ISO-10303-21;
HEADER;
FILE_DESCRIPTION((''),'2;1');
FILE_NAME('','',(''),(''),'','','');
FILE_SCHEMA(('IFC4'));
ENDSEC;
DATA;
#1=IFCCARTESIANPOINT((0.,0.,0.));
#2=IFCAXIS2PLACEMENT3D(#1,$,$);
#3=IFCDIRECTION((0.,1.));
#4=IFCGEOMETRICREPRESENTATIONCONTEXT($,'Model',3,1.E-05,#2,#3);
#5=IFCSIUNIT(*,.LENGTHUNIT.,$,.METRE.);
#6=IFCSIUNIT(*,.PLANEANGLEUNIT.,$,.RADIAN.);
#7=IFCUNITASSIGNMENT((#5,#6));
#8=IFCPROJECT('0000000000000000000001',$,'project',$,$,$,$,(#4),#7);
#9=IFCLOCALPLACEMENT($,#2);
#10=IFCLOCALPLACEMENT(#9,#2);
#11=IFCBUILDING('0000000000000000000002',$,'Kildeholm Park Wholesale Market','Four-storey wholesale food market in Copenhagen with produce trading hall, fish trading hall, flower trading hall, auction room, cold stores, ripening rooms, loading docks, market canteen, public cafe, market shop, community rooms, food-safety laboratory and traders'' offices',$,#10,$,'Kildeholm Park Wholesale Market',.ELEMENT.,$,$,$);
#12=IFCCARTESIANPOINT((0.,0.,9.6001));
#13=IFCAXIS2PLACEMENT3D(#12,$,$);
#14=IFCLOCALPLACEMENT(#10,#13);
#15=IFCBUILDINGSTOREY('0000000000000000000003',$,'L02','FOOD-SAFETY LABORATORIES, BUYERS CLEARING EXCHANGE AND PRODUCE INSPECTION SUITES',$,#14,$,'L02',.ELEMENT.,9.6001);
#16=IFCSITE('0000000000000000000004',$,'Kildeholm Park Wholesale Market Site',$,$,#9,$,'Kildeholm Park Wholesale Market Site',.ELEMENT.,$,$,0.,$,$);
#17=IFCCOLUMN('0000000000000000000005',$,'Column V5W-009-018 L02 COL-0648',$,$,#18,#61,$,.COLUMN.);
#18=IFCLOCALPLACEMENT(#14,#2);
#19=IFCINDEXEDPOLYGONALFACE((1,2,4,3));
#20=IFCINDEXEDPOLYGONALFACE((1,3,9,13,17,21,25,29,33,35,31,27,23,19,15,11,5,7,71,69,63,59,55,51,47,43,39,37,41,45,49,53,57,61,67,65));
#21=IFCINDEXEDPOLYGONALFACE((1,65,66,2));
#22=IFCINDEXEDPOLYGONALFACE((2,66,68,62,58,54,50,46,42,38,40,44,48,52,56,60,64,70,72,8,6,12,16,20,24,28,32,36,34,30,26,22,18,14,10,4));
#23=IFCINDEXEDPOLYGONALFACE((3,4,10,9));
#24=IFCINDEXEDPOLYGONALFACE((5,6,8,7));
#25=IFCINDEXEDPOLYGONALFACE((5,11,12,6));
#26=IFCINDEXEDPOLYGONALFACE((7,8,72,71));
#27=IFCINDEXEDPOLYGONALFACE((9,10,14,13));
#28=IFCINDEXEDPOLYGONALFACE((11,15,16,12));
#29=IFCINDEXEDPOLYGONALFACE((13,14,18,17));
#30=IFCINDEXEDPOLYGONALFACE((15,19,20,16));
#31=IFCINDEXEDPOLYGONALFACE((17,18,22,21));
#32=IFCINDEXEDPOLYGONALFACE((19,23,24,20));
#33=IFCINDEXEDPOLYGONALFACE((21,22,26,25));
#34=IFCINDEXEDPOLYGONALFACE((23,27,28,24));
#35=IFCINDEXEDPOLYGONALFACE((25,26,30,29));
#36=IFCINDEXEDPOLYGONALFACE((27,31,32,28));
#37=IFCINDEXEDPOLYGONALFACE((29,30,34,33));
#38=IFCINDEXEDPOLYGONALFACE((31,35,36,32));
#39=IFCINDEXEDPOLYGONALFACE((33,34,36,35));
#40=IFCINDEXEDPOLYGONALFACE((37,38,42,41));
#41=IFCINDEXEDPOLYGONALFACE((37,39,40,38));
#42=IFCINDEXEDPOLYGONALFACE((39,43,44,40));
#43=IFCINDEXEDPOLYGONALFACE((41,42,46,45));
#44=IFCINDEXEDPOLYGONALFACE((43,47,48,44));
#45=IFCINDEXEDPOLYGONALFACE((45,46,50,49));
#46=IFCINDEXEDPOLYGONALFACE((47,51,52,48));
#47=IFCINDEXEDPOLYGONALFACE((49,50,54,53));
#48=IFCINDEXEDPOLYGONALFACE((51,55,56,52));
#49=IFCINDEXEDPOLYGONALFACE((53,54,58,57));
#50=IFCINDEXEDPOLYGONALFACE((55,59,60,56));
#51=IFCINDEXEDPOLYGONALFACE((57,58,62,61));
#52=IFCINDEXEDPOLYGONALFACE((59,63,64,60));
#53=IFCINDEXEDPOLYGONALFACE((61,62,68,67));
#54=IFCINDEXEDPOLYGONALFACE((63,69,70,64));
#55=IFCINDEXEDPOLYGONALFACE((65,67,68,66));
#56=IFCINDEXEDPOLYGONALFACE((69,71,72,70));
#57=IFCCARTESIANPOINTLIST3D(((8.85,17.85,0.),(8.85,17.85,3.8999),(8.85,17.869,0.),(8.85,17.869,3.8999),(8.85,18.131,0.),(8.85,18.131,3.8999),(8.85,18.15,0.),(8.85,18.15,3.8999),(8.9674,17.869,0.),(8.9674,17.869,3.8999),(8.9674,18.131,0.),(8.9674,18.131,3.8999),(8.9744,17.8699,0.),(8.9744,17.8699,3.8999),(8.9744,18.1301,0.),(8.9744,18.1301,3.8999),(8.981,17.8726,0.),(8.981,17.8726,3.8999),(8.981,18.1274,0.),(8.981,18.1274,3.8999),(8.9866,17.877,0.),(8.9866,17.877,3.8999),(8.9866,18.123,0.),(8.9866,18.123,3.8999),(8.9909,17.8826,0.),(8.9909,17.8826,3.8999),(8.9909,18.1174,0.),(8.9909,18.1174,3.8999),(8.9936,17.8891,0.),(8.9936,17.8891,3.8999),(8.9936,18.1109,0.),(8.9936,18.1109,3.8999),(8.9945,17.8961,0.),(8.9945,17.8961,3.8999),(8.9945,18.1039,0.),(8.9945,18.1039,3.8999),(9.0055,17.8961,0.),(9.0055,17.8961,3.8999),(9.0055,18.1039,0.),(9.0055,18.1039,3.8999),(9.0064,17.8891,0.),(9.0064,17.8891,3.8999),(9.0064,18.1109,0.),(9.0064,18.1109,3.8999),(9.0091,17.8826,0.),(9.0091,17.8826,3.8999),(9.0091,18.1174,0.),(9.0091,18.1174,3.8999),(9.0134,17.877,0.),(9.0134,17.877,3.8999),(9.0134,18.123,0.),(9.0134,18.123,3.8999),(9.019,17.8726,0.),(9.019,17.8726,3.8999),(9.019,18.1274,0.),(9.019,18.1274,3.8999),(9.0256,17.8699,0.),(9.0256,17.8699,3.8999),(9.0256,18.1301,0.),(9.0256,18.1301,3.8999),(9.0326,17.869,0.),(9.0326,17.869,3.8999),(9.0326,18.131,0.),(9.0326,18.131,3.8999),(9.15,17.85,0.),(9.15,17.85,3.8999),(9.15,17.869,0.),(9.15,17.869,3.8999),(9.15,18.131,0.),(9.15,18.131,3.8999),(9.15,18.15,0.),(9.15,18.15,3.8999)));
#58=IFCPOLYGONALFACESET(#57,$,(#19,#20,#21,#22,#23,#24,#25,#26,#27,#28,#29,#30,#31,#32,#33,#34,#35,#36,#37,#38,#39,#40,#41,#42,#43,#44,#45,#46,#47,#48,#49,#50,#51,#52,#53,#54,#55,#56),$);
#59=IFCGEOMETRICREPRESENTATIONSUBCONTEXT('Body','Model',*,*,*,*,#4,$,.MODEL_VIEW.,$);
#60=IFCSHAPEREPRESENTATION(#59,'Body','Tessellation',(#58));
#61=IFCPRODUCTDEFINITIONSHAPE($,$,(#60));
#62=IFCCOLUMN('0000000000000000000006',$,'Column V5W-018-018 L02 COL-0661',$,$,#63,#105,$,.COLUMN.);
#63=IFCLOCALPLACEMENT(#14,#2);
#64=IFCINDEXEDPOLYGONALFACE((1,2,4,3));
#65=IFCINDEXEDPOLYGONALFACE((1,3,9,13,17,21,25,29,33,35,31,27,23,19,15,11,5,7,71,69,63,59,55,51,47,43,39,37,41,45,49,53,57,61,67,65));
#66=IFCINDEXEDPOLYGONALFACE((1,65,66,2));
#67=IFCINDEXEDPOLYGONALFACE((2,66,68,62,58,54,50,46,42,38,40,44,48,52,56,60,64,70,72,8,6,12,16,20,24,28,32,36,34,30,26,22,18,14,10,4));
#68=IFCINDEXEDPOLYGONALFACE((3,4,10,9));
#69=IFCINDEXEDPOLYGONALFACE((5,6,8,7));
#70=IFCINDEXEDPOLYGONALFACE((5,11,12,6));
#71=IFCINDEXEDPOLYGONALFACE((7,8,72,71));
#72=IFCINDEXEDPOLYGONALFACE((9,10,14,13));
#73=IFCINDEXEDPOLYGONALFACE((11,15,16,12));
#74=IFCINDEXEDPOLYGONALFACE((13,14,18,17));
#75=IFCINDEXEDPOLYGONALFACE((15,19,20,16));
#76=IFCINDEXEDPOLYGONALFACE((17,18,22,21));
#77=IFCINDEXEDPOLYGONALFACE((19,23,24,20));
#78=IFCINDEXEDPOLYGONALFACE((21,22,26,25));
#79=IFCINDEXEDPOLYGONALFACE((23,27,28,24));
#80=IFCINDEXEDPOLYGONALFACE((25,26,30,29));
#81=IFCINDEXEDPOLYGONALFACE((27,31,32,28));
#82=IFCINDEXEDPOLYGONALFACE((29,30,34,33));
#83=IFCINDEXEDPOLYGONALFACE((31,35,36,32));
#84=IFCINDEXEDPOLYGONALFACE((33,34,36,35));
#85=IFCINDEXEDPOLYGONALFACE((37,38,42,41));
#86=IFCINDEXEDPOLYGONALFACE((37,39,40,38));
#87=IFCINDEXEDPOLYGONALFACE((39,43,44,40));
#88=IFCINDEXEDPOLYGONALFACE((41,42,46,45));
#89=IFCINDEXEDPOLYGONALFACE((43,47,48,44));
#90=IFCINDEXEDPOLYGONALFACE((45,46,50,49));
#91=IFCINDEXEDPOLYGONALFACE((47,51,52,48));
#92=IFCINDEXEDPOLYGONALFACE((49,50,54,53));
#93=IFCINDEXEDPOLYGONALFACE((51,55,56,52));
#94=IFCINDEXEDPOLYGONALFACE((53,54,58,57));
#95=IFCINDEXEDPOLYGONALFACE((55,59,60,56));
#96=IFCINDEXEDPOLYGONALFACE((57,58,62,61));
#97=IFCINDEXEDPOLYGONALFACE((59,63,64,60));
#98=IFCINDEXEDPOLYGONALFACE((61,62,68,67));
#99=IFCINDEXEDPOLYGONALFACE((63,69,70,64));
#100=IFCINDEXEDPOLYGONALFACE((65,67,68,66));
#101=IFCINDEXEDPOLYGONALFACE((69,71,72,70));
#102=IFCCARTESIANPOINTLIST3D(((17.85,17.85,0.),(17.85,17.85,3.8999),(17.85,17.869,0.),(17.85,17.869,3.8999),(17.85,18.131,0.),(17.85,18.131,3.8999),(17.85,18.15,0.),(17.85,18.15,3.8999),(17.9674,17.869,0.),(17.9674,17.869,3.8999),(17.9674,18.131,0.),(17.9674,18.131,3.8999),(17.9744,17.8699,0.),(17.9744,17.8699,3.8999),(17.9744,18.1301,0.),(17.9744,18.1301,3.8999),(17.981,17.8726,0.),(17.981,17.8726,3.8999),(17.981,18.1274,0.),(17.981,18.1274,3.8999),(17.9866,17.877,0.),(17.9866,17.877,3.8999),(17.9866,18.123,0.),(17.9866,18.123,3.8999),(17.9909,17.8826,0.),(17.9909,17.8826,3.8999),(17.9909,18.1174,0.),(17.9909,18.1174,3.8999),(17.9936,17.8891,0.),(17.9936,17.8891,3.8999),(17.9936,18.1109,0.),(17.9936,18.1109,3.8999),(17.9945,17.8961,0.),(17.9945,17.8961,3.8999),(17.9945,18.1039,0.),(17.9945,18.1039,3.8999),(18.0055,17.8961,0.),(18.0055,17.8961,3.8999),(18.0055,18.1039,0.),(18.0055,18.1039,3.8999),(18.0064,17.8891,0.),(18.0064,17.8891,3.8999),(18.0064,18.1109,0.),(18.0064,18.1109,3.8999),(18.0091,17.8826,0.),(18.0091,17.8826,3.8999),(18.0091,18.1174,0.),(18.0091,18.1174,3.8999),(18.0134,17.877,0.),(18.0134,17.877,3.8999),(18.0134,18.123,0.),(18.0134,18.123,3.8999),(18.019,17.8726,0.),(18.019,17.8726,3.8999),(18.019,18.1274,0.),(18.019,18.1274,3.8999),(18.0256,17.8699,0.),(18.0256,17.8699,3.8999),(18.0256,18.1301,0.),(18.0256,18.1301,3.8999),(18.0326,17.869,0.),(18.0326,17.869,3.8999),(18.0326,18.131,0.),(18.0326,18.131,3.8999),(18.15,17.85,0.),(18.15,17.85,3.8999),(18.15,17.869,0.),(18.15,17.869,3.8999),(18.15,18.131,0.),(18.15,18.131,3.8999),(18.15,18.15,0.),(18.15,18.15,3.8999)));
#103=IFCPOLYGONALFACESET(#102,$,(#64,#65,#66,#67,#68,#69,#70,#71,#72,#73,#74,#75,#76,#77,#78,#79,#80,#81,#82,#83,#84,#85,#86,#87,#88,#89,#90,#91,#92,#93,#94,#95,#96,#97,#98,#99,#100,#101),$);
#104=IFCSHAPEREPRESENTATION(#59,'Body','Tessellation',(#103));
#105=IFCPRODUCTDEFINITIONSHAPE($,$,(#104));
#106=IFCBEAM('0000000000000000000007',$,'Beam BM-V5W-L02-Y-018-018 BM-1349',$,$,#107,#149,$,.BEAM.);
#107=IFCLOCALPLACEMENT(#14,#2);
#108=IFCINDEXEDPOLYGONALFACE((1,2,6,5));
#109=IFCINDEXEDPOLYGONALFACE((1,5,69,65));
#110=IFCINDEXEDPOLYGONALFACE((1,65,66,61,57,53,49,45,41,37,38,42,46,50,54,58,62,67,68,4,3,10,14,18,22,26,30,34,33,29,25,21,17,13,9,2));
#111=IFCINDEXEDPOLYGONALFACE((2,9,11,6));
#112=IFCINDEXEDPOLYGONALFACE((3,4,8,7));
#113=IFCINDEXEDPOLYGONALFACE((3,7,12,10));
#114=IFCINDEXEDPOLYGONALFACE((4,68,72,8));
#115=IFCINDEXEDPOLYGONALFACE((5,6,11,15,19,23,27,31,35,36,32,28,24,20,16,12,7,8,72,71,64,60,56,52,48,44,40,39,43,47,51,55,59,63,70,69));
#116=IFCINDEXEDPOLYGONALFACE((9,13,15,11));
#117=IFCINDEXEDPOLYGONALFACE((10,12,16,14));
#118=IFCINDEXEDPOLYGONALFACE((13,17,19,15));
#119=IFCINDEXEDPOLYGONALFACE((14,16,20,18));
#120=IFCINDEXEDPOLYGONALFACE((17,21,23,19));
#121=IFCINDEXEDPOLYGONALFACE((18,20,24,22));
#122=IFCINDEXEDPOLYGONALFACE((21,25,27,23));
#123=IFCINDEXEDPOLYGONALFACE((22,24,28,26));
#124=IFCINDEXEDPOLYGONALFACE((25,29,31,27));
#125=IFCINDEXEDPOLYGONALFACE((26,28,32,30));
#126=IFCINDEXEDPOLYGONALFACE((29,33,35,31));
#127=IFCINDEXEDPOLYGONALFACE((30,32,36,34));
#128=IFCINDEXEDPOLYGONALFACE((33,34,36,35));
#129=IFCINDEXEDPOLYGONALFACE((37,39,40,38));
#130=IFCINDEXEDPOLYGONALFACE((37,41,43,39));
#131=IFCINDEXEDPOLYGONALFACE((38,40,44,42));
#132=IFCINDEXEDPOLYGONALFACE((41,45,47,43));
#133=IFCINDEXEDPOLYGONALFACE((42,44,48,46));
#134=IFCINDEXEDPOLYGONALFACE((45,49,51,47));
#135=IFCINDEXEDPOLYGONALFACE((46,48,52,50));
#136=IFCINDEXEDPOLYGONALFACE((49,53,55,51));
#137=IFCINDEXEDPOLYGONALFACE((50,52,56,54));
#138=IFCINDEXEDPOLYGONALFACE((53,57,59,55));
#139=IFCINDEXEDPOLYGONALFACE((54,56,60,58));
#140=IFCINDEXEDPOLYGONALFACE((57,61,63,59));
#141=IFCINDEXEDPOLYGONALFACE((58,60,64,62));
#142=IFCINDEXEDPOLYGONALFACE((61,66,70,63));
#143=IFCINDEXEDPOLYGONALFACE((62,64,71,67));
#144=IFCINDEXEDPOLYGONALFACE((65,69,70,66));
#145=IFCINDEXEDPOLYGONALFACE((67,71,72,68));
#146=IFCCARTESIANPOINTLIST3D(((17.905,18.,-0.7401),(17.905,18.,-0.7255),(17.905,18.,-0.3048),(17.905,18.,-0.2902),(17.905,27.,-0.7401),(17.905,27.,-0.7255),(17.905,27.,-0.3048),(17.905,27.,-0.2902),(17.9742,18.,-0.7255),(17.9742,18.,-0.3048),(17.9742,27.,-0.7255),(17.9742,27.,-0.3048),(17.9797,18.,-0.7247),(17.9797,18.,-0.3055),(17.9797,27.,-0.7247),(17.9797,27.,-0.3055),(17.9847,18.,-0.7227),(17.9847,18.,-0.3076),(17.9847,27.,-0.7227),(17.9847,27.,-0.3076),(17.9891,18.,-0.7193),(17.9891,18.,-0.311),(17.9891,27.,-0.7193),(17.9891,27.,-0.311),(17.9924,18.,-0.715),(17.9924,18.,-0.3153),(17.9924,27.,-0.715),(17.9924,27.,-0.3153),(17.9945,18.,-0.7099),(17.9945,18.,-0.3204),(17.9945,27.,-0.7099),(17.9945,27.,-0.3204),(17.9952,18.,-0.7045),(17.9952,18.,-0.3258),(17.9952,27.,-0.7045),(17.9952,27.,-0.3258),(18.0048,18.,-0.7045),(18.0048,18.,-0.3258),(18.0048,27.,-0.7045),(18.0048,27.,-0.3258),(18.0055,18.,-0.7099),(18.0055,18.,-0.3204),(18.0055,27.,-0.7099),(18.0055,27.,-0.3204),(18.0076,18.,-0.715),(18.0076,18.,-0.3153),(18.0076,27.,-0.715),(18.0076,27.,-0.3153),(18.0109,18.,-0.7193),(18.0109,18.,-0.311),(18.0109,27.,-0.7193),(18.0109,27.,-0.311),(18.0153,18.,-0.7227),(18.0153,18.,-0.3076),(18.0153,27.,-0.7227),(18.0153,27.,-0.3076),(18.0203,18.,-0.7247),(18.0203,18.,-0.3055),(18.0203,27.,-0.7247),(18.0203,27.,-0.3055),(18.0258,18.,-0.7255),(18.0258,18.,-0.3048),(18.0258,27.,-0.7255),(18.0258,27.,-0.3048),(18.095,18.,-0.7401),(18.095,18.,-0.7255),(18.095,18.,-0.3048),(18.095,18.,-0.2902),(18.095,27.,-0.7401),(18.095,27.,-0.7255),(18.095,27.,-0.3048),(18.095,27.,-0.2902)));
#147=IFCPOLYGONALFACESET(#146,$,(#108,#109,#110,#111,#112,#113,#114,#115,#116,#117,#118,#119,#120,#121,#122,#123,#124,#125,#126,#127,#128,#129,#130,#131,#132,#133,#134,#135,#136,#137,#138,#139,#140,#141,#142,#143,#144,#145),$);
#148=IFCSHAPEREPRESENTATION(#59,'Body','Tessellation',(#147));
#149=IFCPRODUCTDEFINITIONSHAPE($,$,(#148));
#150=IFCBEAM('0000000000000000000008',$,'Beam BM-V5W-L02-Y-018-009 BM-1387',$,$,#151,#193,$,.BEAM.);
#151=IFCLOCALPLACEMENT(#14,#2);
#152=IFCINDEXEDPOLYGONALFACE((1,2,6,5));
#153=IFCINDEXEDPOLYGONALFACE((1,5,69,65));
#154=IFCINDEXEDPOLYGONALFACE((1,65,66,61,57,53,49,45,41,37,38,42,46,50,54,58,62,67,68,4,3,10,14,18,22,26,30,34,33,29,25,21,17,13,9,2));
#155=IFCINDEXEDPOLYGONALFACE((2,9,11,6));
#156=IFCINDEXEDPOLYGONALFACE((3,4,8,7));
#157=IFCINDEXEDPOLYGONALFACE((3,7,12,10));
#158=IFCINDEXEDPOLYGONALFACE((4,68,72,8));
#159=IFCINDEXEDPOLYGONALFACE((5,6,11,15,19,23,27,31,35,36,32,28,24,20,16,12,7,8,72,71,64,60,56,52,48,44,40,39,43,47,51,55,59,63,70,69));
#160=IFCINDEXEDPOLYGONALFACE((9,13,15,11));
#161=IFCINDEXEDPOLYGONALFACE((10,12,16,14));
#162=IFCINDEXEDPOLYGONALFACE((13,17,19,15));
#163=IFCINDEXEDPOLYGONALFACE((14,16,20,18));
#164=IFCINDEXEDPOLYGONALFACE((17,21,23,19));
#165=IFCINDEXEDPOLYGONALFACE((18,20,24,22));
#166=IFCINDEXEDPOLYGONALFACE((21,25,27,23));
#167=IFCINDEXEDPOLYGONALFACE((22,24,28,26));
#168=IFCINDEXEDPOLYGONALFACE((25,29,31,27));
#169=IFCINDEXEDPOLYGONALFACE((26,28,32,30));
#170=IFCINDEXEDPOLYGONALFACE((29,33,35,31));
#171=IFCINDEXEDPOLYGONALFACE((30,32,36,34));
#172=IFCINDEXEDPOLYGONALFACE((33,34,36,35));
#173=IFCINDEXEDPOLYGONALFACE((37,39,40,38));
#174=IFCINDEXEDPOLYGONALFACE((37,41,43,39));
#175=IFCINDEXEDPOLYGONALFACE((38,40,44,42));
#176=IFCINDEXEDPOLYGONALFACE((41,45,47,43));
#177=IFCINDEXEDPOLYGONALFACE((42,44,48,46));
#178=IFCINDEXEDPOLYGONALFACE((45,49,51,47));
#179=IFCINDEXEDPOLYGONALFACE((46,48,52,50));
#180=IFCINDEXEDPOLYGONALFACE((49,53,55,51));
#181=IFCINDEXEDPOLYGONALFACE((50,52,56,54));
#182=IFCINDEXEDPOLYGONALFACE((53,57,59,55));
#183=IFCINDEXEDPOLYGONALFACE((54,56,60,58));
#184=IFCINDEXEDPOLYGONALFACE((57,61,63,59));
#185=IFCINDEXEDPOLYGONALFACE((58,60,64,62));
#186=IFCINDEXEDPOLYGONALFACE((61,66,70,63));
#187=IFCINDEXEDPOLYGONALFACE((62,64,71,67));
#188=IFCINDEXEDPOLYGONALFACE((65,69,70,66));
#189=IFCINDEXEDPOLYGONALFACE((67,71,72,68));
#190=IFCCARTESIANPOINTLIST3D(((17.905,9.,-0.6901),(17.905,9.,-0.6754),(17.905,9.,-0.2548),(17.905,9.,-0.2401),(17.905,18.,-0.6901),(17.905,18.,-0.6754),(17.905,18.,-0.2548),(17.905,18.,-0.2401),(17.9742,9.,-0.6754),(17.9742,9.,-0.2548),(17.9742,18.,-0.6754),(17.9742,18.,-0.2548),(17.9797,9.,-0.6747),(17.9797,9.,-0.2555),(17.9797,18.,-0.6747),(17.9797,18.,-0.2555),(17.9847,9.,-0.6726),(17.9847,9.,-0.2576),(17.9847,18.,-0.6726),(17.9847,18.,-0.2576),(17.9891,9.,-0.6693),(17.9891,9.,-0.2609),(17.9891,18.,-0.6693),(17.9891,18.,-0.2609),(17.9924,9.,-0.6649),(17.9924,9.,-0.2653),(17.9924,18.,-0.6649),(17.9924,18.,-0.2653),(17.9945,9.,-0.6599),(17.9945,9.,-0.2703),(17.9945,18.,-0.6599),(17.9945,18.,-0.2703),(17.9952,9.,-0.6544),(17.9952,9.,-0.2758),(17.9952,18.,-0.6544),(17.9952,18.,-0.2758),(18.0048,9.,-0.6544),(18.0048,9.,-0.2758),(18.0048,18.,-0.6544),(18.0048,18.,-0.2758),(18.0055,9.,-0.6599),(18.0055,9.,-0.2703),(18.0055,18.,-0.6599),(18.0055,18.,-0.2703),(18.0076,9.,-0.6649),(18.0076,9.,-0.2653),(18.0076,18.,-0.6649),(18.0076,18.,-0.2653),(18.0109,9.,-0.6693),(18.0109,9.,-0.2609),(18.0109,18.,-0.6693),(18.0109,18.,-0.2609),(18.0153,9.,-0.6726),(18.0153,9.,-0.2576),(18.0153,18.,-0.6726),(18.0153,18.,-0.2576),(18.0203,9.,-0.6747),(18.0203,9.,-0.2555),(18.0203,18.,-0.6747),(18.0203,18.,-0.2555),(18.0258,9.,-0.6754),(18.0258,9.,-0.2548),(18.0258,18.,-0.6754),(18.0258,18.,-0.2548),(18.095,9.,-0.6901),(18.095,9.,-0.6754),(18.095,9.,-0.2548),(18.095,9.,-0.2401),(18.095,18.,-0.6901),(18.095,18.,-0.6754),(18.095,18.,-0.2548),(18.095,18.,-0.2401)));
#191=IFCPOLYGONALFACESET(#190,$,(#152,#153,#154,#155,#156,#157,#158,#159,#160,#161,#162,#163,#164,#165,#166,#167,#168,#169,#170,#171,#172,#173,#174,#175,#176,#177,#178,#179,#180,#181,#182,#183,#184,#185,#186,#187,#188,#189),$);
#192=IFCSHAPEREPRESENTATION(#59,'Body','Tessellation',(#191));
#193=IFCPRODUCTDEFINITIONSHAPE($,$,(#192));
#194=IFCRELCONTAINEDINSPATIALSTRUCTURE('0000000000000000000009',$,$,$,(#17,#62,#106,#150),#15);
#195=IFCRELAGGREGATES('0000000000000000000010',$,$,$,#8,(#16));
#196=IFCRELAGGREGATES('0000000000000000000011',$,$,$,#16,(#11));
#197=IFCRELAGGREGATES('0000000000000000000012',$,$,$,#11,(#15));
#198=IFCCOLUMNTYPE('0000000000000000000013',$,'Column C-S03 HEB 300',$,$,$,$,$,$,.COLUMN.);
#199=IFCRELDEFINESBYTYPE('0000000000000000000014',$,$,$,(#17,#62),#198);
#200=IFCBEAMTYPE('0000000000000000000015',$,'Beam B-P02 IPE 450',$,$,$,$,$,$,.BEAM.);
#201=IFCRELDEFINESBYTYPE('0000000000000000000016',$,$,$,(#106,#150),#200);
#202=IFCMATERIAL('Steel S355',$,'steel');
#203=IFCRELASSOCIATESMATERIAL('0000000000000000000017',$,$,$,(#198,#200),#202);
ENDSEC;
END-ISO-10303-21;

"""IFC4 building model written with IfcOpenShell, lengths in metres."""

from ifc_helpers import new_model, si_unit, direction, frame, origin, origin_2d, place, context, subcontext, project, spatial, i_section, extrude, material, material_profile, profile_set, type_object, element, save


model = new_model("IFC4")

# Units and contexts
model_context = context("Model", 3, precision=1e-05, world=origin(), true_north=direction((0.0, 1.0)))
body_context = subcontext(model_context, "Body", "Model", "MODEL_VIEW")
ifc_project = project(units=[si_unit("LENGTHUNIT", "METRE"), si_unit("PLANEANGLEUNIT", "RADIAN")], contexts=[model_context])

# Site, building, storey
site_placement = place(None, origin())
site = spatial("IfcSite", under=ifc_project, at=site_placement, Name="Kildeholm Park Wholesale Market Site", LongName="Kildeholm Park Wholesale Market Site", CompositionType="ELEMENT", RefElevation=0.0)
building_placement = place(site_placement, origin())
building = spatial("IfcBuilding", under=site, at=building_placement, Name="Kildeholm Park Wholesale Market", Description="Four-storey wholesale food market in Copenhagen with produce trading hall, fish trading hall, flower trading hall, auction room, cold stores, ripening rooms, loading docks, market canteen, public cafe, market shop, community rooms, food-safety laboratory and traders' offices", LongName="Kildeholm Park Wholesale Market", CompositionType="ELEMENT")
storey_placement = place(building_placement, frame((0.0, 0.0, 9.6001)))
storey = spatial("IfcBuildingStorey", under=building, at=storey_placement, Name="L02", Description="FOOD-SAFETY LABORATORIES, BUYERS CLEARING EXCHANGE AND PRODUCE INSPECTION SUITES", LongName="L02", CompositionType="ELEMENT", Elevation=9.6001)

# Columns
ifc_material_1 = material(Name="Steel S355", Category="steel")
ifc_material_profile_1 = material_profile(ifc_material_1, i_section(OverallWidth=0.3, OverallDepth=0.3, WebThickness=0.011, FlangeThickness=0.019, FilletRadius=0.0271, at=origin_2d()), Name="HEB 300")
ifc_profile_set_1 = profile_set([ifc_material_profile_1], Name="Steel S355")
column_type = type_object("IfcColumnType", Name="Column C-S03 HEB 300", PredefinedType="COLUMN", material=ifc_profile_set_1)
for number, where, z_axis, x_axis, name in (
    (1, (9.0, 18.0, 0.0), (0.0, 0.0, 1.0), (1.0, 0.0, 0.0), "Column V5W-009-018 L02 COL-0648"),
    (2, (18.0, 18.0, 0.0), (0.0, 0.0, 1.0), (1.0, 0.0, 0.0), "Column V5W-018-018 L02 COL-0661"),
):
    element("IfcColumn", number, at=place(storey_placement, frame(where, z_axis=z_axis, x_axis=x_axis)), inside=storey, type_object=column_type, Name=name, PredefinedType="COLUMN", context=body_context, shape_type="SweptSolid", body=[
        extrude(i_section(OverallWidth=0.3, OverallDepth=0.3, WebThickness=0.011, FlangeThickness=0.019, FilletRadius=0.0271, at=origin_2d()), origin(), (0.0, 0.0, 1.0), 3.8999),
    ])

# Beams
ifc_material_profile_2 = material_profile(ifc_material_1, i_section(OverallWidth=0.1899, OverallDepth=0.45, WebThickness=0.0095, FlangeThickness=0.0146, FilletRadius=0.021, at=origin_2d()), Name="IPE 450")
ifc_profile_set_2 = profile_set([ifc_material_profile_2], Name="Steel S355")
beam_type_1 = type_object("IfcBeamType", Name="Beam B-P02 IPE 450", PredefinedType="BEAM", material=ifc_profile_set_2)
for number, where, z_axis, x_axis, name in (
    (3, (18.0, 18.0, -0.5151), (0.0, 1.0, 0.0), (-1.0, 0.0, 0.0), "Beam BM-V5W-L02-Y-018-018 BM-1349"),
    (4, (18.0, 9.0, -0.4651), (0.0, 1.0, 0.0), (-1.0, 0.0, 0.0), "Beam BM-V5W-L02-Y-018-009 BM-1387"),
):
    element("IfcBeam", number, at=place(storey_placement, frame(where, z_axis=z_axis, x_axis=x_axis)), inside=storey, type_object=beam_type_1, Name=name, PredefinedType="BEAM", context=body_context, shape_type="SweptSolid", body=[
        extrude(i_section(OverallWidth=0.1899, OverallDepth=0.45, WebThickness=0.0095, FlangeThickness=0.0146, FilletRadius=0.021, at=origin_2d()), origin(), (0.0, 0.0, 1.0), 9.0),
    ])

save(model, "model.ifc")
